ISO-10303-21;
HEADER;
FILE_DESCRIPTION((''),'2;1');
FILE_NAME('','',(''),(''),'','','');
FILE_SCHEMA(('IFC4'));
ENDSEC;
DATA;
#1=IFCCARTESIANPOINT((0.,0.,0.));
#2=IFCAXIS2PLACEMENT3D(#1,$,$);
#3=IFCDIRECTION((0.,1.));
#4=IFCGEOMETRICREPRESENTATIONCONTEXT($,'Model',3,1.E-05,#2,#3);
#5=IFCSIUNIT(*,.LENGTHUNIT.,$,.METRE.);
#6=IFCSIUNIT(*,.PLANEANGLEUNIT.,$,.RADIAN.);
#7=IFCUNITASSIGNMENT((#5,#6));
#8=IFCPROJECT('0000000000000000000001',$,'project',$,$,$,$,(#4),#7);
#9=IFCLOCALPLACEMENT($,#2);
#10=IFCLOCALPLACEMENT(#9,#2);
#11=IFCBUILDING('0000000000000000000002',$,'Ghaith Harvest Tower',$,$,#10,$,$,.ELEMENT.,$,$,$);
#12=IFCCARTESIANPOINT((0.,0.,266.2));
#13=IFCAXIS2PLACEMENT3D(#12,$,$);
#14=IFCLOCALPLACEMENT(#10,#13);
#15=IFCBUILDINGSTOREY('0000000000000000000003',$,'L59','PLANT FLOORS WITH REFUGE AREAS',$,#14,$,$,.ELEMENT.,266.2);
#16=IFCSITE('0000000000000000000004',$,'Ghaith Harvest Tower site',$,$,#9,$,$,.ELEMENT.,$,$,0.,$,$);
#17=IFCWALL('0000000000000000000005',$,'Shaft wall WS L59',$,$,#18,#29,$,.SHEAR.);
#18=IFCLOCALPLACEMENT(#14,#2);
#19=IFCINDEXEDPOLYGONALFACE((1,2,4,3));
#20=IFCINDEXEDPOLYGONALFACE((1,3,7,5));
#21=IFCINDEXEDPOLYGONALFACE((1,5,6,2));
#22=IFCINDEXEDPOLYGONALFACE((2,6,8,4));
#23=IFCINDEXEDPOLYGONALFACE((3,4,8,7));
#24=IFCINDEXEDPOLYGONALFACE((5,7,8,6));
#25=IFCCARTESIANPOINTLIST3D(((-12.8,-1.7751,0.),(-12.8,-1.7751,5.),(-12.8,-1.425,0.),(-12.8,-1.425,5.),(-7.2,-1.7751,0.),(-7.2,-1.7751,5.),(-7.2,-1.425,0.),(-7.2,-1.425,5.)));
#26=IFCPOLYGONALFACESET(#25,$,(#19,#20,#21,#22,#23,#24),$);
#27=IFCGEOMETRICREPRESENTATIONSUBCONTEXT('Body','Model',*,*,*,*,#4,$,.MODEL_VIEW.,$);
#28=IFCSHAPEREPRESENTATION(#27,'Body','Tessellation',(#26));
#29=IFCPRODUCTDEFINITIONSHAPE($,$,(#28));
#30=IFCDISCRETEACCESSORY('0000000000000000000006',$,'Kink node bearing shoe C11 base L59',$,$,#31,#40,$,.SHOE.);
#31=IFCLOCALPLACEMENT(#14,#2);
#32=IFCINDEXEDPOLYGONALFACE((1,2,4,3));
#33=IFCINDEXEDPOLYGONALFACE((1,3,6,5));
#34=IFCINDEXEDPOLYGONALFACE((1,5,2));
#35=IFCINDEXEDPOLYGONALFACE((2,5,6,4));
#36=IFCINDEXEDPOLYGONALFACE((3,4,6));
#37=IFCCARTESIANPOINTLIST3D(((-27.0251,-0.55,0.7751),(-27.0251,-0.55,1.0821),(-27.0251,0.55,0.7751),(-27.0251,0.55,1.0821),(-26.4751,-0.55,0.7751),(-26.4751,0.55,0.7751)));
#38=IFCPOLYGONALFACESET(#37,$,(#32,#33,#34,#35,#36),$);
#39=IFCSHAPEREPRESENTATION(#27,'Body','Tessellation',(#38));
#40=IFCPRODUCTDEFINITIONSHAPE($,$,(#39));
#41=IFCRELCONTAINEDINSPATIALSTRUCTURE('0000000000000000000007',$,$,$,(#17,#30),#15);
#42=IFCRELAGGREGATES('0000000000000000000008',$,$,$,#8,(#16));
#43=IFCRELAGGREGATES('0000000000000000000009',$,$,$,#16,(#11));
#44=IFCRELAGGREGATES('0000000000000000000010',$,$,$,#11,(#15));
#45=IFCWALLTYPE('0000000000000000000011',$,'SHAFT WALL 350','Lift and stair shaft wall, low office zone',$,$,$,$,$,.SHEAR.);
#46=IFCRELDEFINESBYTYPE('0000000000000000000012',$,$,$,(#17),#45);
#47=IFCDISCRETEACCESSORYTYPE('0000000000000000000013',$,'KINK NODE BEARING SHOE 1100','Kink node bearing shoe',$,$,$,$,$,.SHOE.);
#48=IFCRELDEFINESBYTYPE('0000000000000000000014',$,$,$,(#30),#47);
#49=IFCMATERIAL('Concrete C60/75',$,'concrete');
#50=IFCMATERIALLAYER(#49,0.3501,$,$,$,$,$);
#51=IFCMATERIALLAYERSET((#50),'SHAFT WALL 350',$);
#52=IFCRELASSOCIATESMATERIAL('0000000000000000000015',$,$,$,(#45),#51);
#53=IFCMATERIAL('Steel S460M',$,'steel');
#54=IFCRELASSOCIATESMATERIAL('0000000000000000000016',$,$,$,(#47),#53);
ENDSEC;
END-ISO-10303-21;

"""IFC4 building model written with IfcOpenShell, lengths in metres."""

from ifc_helpers import new_model, si_unit, direction, frame, frame_2d, origin, origin_2d, place, context, subcontext, project, spatial, rectangle, extrude, clip, halfspace, material, layer, layer_set, material_profile, profile_set, type_object, element, save


model = new_model("IFC4")

# Units and contexts
model_context = context("Model", 3, precision=1e-05, world=origin(), true_north=direction((0.0, 1.0)))
body_context = subcontext(model_context, "Body", "Model", "MODEL_VIEW")
ifc_project = project(units=[si_unit("LENGTHUNIT", "METRE"), si_unit("PLANEANGLEUNIT", "RADIAN")], contexts=[model_context])

# Site, building, storey
site_placement = place(None, origin())
site = spatial("IfcSite", under=ifc_project, at=site_placement, Name="Ghaith Harvest Tower site", CompositionType="ELEMENT", RefElevation=0.0)
building_placement = place(site_placement, origin())
building = spatial("IfcBuilding", under=site, at=building_placement, Name="Ghaith Harvest Tower", CompositionType="ELEMENT")
storey_placement = place(building_placement, frame((0.0, 0.0, 266.2)))
storey = spatial("IfcBuildingStorey", under=building, at=storey_placement, Name="L59", Description="PLANT FLOORS WITH REFUGE AREAS", CompositionType="ELEMENT", Elevation=266.2)

# Wall
ifc_material_1 = material(Name="Concrete C60/75", Category="concrete")
ifc_layer_1 = layer(ifc_material_1, 0.3501)
ifc_layer_set_1 = layer_set([ifc_layer_1], Name="SHAFT WALL 350")
wall_type_1 = type_object("IfcWallType", Name="SHAFT WALL 350", Description="Lift and stair shaft wall, low office zone", PredefinedType="SHEAR", material=ifc_layer_set_1)
wall_1_placement = place(storey_placement, frame((-12.8, -1.6001, 0.0), z_axis=(0.0, 0.0, 1.0), x_axis=(1.0, 0.0, 0.0)))
element("IfcWall", 1, at=wall_1_placement, inside=storey, type_object=wall_type_1, Name="Shaft wall WS L59", PredefinedType="SHEAR", context=body_context, shape_type="SweptSolid", body=[
    extrude(rectangle(XDim=5.6001, YDim=0.3501, at=frame_2d((2.8, 0.0))), origin(), (0.0, 0.0, 1.0), 5.0),
])

# Discrete accessory
ifc_material_2 = material(Name="Steel S460M", Category="steel")
ifc_material_profile_1 = material_profile(ifc_material_2, rectangle(XDim=1.1001, YDim=1.1001, at=origin_2d()), Name="KINK NODE BEARING SHOE 1100")
ifc_profile_set_1 = profile_set([ifc_material_profile_1], Name="Steel S460M")
discrete_accessory_type = type_object("IfcDiscreteAccessoryType", Name="KINK NODE BEARING SHOE 1100", Description="Kink node bearing shoe", PredefinedType="SHOE", material=ifc_profile_set_1)
discrete_accessory_placement = place(storey_placement, frame((-26.4751, 0.0, 0.7751), z_axis=(0.0, 0.0, 1.0), x_axis=(1.0, 0.0, 0.0)))
element("IfcDiscreteAccessory", 2, at=discrete_accessory_placement, inside=storey, type_object=discrete_accessory_type, Name="Kink node bearing shoe C11 base L59", PredefinedType="SHOE", context=body_context, shape_type="Clipping", body=[
    clip(extrude(rectangle(XDim=1.1001, YDim=1.1001, at=origin_2d()), origin(), (0.0, 0.0, 1.0), 0.3169), halfspace(frame((0.0, 0.0, 0.0), z_axis=(0.487254, 0.0, 0.87326), x_axis=(1.0, 0.0, 0.0)), False)),
])

save(model, "model.ifc")
